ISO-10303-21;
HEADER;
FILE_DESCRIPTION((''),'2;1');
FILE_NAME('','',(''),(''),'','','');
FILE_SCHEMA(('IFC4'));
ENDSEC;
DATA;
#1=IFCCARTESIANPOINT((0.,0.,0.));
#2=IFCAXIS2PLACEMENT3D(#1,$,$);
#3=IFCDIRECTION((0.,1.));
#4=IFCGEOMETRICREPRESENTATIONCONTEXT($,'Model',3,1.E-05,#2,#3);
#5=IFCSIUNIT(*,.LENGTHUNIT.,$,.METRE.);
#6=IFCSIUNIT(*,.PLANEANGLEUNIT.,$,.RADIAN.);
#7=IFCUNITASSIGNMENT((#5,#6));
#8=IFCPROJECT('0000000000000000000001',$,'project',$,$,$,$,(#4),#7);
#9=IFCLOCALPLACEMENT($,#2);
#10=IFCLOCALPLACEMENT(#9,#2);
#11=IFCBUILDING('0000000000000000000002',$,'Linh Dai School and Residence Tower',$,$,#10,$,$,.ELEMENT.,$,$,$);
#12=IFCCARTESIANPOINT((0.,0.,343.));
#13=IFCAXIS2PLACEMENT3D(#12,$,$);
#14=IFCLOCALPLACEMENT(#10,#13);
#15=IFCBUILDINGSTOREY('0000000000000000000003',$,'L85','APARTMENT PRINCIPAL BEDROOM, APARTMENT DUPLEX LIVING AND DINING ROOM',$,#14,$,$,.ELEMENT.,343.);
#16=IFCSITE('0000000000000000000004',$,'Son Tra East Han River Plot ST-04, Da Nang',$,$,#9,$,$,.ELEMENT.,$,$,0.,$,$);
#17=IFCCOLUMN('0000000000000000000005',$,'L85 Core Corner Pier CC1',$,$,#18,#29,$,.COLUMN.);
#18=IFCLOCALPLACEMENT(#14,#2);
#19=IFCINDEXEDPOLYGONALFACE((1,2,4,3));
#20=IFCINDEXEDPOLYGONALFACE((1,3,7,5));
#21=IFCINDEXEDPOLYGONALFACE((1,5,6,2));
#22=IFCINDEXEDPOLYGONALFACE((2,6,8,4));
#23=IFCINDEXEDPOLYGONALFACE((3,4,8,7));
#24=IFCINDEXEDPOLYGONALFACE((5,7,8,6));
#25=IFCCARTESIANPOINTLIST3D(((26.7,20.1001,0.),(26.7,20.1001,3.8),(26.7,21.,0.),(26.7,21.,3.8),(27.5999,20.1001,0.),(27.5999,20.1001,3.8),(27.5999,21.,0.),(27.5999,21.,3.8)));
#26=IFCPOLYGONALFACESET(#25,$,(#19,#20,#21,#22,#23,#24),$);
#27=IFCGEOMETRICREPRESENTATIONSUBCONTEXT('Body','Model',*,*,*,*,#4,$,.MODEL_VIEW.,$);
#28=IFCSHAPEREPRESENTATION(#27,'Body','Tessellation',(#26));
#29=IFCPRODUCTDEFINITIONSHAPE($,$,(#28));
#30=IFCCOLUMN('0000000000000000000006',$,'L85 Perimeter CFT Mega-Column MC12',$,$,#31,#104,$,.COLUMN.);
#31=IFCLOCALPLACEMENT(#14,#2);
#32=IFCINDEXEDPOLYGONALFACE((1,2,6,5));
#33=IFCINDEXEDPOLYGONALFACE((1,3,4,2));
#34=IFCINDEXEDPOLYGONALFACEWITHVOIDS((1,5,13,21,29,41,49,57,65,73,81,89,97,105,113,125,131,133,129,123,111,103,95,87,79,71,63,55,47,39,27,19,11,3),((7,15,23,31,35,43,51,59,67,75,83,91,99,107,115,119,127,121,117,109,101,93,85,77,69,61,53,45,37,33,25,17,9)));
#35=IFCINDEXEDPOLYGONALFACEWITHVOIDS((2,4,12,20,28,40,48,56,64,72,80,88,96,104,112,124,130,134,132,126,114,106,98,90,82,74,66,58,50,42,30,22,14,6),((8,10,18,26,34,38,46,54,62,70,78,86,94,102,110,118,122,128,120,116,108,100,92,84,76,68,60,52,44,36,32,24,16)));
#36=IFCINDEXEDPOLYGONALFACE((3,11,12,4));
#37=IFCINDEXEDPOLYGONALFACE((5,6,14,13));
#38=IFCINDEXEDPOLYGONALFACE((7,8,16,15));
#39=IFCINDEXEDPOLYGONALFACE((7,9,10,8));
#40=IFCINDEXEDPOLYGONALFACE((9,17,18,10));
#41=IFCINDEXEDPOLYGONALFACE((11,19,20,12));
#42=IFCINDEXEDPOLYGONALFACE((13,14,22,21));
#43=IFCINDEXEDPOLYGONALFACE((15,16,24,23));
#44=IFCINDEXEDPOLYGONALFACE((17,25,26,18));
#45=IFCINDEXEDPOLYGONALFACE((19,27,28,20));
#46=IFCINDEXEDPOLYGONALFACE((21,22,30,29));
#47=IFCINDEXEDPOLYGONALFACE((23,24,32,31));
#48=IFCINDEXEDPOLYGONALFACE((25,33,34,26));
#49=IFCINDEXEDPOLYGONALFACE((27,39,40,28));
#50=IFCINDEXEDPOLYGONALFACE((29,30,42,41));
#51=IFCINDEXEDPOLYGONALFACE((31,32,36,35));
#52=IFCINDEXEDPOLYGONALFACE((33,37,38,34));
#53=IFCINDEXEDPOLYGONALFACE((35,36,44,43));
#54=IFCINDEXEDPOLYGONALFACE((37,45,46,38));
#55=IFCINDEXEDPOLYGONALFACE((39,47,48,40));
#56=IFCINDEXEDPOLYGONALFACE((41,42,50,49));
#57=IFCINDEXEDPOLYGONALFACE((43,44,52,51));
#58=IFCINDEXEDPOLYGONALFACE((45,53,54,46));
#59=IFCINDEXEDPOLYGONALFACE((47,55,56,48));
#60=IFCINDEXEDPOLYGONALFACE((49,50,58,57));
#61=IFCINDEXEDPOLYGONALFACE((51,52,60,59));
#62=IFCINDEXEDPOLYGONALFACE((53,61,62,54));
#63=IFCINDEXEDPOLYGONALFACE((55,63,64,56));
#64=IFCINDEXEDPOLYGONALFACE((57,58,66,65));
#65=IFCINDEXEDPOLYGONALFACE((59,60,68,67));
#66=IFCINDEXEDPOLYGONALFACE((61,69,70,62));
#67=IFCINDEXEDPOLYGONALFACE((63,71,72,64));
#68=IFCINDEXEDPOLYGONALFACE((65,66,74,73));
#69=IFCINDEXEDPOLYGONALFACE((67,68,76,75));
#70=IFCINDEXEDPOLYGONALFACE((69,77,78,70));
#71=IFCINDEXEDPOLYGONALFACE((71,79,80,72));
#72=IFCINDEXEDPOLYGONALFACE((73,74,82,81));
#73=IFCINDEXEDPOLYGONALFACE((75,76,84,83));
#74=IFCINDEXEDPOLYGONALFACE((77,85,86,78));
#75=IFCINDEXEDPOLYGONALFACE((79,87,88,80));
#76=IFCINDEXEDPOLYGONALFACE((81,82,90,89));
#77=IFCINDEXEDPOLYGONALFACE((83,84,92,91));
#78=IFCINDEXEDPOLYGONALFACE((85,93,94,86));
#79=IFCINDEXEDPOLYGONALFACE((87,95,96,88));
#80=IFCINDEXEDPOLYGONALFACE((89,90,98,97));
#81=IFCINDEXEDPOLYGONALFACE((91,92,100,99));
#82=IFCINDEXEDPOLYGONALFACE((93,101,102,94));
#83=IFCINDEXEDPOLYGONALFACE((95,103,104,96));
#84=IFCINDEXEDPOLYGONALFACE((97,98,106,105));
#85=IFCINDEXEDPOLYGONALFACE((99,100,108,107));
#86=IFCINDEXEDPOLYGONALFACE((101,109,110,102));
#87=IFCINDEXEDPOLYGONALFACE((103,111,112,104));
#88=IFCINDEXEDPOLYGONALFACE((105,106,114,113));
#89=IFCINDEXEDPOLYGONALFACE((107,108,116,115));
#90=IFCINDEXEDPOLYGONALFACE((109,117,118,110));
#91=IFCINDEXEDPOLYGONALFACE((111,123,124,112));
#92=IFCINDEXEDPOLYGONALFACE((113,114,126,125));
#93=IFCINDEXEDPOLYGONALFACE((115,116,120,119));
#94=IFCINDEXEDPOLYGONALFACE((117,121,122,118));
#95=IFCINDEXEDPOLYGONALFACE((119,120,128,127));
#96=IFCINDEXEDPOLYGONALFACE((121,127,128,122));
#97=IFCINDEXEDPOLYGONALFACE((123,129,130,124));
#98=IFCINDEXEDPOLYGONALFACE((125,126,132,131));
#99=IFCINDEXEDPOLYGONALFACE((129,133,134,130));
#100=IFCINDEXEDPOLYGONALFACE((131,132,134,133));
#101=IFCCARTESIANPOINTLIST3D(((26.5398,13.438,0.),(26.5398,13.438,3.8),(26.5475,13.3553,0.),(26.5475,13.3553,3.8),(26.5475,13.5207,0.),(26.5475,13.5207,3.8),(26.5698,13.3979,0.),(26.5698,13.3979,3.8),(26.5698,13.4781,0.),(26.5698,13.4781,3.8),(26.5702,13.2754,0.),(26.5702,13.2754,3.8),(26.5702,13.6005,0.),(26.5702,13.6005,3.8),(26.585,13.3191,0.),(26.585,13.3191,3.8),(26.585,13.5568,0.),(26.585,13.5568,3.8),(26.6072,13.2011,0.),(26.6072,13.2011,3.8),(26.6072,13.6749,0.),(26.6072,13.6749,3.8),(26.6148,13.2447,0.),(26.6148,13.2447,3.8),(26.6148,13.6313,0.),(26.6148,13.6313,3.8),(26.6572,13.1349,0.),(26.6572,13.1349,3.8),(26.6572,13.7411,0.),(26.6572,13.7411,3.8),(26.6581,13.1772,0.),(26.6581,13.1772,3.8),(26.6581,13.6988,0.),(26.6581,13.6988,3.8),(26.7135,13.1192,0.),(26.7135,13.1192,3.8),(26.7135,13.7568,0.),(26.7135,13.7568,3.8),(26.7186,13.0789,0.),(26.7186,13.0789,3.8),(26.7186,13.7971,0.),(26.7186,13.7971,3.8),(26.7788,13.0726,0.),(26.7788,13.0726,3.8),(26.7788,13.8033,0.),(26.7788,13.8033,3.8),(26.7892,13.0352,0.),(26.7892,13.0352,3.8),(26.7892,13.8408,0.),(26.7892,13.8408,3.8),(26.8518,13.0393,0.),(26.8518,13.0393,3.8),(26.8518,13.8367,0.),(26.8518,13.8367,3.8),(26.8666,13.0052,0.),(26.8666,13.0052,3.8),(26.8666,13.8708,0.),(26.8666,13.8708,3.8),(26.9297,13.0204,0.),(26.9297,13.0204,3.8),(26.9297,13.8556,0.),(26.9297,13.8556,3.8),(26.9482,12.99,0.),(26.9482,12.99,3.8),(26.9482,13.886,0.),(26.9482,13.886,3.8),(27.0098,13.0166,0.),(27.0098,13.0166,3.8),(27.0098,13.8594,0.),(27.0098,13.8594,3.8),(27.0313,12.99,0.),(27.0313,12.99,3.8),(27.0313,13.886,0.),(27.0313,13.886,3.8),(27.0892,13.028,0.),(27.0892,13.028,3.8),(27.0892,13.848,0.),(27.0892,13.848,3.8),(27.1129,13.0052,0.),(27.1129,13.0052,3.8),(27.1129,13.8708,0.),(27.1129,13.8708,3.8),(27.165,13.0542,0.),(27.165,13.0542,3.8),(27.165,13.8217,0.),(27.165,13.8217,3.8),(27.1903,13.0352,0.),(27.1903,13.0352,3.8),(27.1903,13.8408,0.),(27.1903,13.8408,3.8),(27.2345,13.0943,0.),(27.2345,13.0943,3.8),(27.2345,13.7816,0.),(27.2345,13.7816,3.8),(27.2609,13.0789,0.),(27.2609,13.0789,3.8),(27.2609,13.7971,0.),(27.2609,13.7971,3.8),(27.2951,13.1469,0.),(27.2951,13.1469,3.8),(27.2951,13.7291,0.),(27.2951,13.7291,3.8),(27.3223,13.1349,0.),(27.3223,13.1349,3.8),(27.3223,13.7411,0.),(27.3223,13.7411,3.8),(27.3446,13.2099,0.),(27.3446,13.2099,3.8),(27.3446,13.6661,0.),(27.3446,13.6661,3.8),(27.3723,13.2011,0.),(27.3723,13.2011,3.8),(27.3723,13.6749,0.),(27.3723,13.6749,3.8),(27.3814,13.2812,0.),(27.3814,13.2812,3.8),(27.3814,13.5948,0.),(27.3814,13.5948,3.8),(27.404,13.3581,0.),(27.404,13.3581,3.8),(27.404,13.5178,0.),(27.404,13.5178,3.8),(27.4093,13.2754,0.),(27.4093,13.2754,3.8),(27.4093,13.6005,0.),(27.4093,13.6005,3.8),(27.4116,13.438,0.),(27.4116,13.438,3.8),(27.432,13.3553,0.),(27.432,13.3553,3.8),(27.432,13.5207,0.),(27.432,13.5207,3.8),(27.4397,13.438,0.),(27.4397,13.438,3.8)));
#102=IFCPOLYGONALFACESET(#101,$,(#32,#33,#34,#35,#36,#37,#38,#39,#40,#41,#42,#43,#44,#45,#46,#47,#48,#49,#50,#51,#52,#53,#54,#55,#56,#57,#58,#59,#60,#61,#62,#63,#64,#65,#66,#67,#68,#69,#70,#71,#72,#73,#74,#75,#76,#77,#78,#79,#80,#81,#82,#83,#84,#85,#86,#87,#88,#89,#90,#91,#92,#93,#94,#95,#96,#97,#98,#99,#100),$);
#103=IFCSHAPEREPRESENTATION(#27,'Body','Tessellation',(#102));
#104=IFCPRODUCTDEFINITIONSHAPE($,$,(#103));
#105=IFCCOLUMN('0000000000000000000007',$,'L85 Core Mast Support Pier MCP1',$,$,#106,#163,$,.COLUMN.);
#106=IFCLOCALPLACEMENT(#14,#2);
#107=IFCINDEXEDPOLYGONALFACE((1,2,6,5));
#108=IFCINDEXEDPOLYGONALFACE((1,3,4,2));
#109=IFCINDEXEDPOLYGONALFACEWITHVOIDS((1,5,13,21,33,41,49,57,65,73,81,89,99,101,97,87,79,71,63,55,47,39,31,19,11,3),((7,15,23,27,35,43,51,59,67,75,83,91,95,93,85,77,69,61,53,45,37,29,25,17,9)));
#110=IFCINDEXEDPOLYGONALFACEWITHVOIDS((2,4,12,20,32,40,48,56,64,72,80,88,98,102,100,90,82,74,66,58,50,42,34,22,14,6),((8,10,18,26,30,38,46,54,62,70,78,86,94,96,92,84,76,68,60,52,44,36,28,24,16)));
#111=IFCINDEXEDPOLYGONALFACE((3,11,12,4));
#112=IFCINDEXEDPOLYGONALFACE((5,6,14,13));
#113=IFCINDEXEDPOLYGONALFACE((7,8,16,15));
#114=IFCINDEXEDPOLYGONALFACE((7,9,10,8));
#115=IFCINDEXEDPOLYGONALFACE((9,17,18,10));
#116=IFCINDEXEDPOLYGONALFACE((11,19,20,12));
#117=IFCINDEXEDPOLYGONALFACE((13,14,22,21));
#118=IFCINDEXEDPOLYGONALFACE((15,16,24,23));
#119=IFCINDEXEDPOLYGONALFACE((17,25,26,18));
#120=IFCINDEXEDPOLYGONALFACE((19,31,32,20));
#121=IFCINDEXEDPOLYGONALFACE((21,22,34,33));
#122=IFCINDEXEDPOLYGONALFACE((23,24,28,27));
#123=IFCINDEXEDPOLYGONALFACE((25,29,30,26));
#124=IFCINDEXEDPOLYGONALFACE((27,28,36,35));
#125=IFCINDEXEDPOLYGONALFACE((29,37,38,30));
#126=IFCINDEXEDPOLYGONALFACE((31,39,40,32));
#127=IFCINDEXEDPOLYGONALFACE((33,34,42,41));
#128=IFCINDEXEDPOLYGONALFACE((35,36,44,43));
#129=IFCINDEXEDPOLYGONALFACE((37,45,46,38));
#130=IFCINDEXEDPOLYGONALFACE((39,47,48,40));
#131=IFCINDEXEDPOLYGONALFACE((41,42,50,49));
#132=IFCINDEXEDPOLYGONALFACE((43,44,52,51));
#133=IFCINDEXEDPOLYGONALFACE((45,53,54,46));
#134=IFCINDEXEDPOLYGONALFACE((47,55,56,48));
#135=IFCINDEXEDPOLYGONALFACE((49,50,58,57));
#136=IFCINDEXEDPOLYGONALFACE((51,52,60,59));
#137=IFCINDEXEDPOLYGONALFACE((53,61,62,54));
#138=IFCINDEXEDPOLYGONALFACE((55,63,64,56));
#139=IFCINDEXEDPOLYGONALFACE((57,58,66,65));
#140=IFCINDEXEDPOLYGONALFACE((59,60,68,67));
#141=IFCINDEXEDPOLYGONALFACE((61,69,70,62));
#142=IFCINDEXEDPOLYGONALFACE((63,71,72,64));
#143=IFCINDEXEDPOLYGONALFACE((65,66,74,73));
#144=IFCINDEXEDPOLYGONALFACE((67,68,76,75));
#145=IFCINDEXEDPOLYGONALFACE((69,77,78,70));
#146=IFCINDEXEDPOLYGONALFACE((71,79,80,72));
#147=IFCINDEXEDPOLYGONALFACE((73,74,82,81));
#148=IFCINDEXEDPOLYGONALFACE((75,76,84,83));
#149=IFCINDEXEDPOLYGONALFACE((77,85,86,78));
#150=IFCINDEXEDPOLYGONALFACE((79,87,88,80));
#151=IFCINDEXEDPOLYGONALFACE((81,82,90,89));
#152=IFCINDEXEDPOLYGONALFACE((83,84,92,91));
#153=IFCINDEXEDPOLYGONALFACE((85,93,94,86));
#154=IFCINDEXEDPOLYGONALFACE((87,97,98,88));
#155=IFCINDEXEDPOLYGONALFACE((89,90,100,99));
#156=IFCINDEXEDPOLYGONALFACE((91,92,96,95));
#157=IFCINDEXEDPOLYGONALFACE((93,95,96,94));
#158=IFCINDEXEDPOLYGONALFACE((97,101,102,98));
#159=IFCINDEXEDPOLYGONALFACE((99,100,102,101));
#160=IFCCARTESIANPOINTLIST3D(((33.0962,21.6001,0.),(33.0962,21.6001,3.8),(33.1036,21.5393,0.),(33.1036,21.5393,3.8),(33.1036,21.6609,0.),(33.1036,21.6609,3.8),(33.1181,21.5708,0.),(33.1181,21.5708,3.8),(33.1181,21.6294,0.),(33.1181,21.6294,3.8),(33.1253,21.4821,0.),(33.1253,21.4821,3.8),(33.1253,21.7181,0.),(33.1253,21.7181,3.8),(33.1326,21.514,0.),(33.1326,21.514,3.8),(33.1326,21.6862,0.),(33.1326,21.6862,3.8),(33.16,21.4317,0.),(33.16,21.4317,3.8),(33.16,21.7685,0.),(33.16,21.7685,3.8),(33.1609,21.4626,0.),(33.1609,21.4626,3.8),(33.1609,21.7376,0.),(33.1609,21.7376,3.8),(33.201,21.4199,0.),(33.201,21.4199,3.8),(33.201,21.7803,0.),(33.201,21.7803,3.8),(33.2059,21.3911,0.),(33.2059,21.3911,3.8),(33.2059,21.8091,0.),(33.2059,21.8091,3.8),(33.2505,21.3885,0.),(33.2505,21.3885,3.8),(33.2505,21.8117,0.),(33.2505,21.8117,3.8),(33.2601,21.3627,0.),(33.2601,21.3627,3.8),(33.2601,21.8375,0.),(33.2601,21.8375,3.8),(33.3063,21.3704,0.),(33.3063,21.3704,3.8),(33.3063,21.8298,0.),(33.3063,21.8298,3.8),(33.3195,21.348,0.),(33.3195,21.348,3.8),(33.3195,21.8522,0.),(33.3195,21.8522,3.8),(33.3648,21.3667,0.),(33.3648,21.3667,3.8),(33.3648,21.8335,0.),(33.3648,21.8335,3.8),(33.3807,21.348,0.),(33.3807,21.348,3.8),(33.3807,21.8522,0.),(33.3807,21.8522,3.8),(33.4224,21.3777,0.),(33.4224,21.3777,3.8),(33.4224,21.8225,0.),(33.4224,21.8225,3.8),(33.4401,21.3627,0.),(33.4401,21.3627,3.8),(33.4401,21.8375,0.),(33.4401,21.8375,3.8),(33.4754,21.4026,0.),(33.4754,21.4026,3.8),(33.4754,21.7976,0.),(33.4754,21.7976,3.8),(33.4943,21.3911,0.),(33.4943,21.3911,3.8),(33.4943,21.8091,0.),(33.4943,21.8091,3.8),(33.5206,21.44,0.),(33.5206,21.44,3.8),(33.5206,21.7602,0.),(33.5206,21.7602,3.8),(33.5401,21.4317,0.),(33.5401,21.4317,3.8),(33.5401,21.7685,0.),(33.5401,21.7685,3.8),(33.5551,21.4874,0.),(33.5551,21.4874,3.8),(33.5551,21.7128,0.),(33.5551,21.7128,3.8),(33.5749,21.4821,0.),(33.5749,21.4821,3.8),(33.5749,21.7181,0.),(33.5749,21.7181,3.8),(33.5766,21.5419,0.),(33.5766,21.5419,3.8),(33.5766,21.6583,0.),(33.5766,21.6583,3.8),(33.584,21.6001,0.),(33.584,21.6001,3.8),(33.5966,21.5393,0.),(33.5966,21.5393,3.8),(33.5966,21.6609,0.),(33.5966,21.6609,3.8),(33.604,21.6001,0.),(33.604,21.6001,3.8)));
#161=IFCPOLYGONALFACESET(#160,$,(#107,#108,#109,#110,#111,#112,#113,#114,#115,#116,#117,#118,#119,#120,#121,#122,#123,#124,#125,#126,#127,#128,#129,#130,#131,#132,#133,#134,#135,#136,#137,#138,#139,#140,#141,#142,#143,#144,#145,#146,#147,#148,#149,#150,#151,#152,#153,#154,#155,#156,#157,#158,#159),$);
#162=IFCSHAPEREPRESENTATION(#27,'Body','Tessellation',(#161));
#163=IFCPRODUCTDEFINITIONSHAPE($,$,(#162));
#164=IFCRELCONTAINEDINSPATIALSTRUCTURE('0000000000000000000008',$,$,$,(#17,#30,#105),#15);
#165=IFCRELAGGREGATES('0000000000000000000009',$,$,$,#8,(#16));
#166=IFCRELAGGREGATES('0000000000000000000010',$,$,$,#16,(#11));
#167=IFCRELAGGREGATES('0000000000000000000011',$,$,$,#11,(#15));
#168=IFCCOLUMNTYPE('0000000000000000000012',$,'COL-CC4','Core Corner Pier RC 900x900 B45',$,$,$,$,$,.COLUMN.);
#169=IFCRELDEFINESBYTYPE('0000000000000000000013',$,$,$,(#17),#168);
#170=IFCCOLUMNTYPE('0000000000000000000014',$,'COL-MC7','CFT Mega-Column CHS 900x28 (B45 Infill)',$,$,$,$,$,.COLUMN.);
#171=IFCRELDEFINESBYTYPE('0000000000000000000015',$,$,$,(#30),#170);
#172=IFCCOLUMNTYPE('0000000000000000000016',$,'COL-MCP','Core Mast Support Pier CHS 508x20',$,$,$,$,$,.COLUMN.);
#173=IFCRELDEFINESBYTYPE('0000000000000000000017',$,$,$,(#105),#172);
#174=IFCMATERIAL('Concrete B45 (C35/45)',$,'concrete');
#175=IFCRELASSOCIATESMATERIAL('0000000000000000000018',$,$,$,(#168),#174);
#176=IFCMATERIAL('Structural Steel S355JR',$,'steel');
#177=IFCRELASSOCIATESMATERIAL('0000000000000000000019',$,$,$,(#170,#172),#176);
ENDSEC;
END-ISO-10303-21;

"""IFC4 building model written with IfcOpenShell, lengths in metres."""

from ifc_helpers import new_model, si_unit, direction, frame, origin, origin_2d, place, context, subcontext, project, spatial, rectangle, hollow_circle, extrude, material, material_profile, profile_set, type_object, element, save


model = new_model("IFC4")

# Units and contexts
model_context = context("Model", 3, precision=1e-05, world=origin(), true_north=direction((0.0, 1.0)))
body_context = subcontext(model_context, "Body", "Model", "MODEL_VIEW")
ifc_project = project(units=[si_unit("LENGTHUNIT", "METRE"), si_unit("PLANEANGLEUNIT", "RADIAN")], contexts=[model_context])

# Site, building, storey
site_placement = place(None, origin())
site = spatial("IfcSite", under=ifc_project, at=site_placement, Name="Son Tra East Han River Plot ST-04, Da Nang", CompositionType="ELEMENT", RefElevation=0.0)
building_placement = place(site_placement, origin())
building = spatial("IfcBuilding", under=site, at=building_placement, Name="Linh Dai School and Residence Tower", CompositionType="ELEMENT")
storey_placement = place(building_placement, frame((0.0, 0.0, 343.0)))
storey = spatial("IfcBuildingStorey", under=building, at=storey_placement, Name="L85", Description="APARTMENT PRINCIPAL BEDROOM, APARTMENT DUPLEX LIVING AND DINING ROOM", CompositionType="ELEMENT", Elevation=343.0)

# Columns
ifc_material_1 = material(Name="Concrete B45 (C35/45)", Category="concrete")
ifc_material_profile_1 = material_profile(ifc_material_1, rectangle(XDim=0.8999, YDim=0.8999, at=origin_2d()), Name="RC 900x900")
ifc_profile_set_1 = profile_set([ifc_material_profile_1], Name="Concrete B45 (C35/45)")
column_type_1 = type_object("IfcColumnType", Name="COL-CC4", Description="Core Corner Pier RC 900x900 B45", PredefinedType="COLUMN", material=ifc_profile_set_1)
column_1_placement = place(storey_placement, frame((27.1499, 20.55, 0.0), z_axis=(0.0, 0.0, 1.0), x_axis=(1.0, 0.0, 0.0)))
element("IfcColumn", 1, at=column_1_placement, inside=storey, type_object=column_type_1, Name="L85 Core Corner Pier CC1", PredefinedType="COLUMN", context=body_context, shape_type="SweptSolid", body=[
    extrude(rectangle(XDim=0.8999, YDim=0.8999, at=origin_2d()), origin(), (0.0, 0.0, 1.0), 3.8),
])
ifc_material_2 = material(Name="Structural Steel S355JR", Category="steel")
ifc_material_profile_2 = material_profile(ifc_material_2, hollow_circle(Radius=0.45, WallThickness=0.0281, at=origin_2d()), Name="CHS 900x28")
ifc_profile_set_2 = profile_set([ifc_material_profile_2], Name="Structural Steel S355JR")
column_type_2 = type_object("IfcColumnType", Name="COL-MC7", Description="CFT Mega-Column CHS 900x28 (B45 Infill)", PredefinedType="COLUMN", material=ifc_profile_set_2)
column_2_placement = place(storey_placement, frame((26.9897, 13.438, 0.0), z_axis=(0.0, 0.0, 1.0), x_axis=(1.0, 0.0, 0.0)))
element("IfcColumn", 2, at=column_2_placement, inside=storey, type_object=column_type_2, Name="L85 Perimeter CFT Mega-Column MC12", PredefinedType="COLUMN", context=body_context, shape_type="SweptSolid", body=[
    extrude(hollow_circle(Radius=0.45, WallThickness=0.0281, at=origin_2d()), origin(), (0.0, 0.0, 1.0), 3.8),
])
ifc_material_profile_3 = material_profile(ifc_material_2, hollow_circle(Radius=0.2539, WallThickness=0.02, at=origin_2d()), Name="CHS 508x20")
ifc_profile_set_3 = profile_set([ifc_material_profile_3], Name="Structural Steel S355JR")
column_type_3 = type_object("IfcColumnType", Name="COL-MCP", Description="Core Mast Support Pier CHS 508x20", PredefinedType="COLUMN", material=ifc_profile_set_3)
column_3_placement = place(storey_placement, frame((33.3501, 21.6001, 0.0), z_axis=(0.0, 0.0, 1.0), x_axis=(1.0, 0.0, 0.0)))
element("IfcColumn", 3, at=column_3_placement, inside=storey, type_object=column_type_3, Name="L85 Core Mast Support Pier MCP1", PredefinedType="COLUMN", context=body_context, shape_type="SweptSolid", body=[
    extrude(hollow_circle(Radius=0.2539, WallThickness=0.02, at=origin_2d()), origin(), (0.0, 0.0, 1.0), 3.8),
])

save(model, "model.ifc")
